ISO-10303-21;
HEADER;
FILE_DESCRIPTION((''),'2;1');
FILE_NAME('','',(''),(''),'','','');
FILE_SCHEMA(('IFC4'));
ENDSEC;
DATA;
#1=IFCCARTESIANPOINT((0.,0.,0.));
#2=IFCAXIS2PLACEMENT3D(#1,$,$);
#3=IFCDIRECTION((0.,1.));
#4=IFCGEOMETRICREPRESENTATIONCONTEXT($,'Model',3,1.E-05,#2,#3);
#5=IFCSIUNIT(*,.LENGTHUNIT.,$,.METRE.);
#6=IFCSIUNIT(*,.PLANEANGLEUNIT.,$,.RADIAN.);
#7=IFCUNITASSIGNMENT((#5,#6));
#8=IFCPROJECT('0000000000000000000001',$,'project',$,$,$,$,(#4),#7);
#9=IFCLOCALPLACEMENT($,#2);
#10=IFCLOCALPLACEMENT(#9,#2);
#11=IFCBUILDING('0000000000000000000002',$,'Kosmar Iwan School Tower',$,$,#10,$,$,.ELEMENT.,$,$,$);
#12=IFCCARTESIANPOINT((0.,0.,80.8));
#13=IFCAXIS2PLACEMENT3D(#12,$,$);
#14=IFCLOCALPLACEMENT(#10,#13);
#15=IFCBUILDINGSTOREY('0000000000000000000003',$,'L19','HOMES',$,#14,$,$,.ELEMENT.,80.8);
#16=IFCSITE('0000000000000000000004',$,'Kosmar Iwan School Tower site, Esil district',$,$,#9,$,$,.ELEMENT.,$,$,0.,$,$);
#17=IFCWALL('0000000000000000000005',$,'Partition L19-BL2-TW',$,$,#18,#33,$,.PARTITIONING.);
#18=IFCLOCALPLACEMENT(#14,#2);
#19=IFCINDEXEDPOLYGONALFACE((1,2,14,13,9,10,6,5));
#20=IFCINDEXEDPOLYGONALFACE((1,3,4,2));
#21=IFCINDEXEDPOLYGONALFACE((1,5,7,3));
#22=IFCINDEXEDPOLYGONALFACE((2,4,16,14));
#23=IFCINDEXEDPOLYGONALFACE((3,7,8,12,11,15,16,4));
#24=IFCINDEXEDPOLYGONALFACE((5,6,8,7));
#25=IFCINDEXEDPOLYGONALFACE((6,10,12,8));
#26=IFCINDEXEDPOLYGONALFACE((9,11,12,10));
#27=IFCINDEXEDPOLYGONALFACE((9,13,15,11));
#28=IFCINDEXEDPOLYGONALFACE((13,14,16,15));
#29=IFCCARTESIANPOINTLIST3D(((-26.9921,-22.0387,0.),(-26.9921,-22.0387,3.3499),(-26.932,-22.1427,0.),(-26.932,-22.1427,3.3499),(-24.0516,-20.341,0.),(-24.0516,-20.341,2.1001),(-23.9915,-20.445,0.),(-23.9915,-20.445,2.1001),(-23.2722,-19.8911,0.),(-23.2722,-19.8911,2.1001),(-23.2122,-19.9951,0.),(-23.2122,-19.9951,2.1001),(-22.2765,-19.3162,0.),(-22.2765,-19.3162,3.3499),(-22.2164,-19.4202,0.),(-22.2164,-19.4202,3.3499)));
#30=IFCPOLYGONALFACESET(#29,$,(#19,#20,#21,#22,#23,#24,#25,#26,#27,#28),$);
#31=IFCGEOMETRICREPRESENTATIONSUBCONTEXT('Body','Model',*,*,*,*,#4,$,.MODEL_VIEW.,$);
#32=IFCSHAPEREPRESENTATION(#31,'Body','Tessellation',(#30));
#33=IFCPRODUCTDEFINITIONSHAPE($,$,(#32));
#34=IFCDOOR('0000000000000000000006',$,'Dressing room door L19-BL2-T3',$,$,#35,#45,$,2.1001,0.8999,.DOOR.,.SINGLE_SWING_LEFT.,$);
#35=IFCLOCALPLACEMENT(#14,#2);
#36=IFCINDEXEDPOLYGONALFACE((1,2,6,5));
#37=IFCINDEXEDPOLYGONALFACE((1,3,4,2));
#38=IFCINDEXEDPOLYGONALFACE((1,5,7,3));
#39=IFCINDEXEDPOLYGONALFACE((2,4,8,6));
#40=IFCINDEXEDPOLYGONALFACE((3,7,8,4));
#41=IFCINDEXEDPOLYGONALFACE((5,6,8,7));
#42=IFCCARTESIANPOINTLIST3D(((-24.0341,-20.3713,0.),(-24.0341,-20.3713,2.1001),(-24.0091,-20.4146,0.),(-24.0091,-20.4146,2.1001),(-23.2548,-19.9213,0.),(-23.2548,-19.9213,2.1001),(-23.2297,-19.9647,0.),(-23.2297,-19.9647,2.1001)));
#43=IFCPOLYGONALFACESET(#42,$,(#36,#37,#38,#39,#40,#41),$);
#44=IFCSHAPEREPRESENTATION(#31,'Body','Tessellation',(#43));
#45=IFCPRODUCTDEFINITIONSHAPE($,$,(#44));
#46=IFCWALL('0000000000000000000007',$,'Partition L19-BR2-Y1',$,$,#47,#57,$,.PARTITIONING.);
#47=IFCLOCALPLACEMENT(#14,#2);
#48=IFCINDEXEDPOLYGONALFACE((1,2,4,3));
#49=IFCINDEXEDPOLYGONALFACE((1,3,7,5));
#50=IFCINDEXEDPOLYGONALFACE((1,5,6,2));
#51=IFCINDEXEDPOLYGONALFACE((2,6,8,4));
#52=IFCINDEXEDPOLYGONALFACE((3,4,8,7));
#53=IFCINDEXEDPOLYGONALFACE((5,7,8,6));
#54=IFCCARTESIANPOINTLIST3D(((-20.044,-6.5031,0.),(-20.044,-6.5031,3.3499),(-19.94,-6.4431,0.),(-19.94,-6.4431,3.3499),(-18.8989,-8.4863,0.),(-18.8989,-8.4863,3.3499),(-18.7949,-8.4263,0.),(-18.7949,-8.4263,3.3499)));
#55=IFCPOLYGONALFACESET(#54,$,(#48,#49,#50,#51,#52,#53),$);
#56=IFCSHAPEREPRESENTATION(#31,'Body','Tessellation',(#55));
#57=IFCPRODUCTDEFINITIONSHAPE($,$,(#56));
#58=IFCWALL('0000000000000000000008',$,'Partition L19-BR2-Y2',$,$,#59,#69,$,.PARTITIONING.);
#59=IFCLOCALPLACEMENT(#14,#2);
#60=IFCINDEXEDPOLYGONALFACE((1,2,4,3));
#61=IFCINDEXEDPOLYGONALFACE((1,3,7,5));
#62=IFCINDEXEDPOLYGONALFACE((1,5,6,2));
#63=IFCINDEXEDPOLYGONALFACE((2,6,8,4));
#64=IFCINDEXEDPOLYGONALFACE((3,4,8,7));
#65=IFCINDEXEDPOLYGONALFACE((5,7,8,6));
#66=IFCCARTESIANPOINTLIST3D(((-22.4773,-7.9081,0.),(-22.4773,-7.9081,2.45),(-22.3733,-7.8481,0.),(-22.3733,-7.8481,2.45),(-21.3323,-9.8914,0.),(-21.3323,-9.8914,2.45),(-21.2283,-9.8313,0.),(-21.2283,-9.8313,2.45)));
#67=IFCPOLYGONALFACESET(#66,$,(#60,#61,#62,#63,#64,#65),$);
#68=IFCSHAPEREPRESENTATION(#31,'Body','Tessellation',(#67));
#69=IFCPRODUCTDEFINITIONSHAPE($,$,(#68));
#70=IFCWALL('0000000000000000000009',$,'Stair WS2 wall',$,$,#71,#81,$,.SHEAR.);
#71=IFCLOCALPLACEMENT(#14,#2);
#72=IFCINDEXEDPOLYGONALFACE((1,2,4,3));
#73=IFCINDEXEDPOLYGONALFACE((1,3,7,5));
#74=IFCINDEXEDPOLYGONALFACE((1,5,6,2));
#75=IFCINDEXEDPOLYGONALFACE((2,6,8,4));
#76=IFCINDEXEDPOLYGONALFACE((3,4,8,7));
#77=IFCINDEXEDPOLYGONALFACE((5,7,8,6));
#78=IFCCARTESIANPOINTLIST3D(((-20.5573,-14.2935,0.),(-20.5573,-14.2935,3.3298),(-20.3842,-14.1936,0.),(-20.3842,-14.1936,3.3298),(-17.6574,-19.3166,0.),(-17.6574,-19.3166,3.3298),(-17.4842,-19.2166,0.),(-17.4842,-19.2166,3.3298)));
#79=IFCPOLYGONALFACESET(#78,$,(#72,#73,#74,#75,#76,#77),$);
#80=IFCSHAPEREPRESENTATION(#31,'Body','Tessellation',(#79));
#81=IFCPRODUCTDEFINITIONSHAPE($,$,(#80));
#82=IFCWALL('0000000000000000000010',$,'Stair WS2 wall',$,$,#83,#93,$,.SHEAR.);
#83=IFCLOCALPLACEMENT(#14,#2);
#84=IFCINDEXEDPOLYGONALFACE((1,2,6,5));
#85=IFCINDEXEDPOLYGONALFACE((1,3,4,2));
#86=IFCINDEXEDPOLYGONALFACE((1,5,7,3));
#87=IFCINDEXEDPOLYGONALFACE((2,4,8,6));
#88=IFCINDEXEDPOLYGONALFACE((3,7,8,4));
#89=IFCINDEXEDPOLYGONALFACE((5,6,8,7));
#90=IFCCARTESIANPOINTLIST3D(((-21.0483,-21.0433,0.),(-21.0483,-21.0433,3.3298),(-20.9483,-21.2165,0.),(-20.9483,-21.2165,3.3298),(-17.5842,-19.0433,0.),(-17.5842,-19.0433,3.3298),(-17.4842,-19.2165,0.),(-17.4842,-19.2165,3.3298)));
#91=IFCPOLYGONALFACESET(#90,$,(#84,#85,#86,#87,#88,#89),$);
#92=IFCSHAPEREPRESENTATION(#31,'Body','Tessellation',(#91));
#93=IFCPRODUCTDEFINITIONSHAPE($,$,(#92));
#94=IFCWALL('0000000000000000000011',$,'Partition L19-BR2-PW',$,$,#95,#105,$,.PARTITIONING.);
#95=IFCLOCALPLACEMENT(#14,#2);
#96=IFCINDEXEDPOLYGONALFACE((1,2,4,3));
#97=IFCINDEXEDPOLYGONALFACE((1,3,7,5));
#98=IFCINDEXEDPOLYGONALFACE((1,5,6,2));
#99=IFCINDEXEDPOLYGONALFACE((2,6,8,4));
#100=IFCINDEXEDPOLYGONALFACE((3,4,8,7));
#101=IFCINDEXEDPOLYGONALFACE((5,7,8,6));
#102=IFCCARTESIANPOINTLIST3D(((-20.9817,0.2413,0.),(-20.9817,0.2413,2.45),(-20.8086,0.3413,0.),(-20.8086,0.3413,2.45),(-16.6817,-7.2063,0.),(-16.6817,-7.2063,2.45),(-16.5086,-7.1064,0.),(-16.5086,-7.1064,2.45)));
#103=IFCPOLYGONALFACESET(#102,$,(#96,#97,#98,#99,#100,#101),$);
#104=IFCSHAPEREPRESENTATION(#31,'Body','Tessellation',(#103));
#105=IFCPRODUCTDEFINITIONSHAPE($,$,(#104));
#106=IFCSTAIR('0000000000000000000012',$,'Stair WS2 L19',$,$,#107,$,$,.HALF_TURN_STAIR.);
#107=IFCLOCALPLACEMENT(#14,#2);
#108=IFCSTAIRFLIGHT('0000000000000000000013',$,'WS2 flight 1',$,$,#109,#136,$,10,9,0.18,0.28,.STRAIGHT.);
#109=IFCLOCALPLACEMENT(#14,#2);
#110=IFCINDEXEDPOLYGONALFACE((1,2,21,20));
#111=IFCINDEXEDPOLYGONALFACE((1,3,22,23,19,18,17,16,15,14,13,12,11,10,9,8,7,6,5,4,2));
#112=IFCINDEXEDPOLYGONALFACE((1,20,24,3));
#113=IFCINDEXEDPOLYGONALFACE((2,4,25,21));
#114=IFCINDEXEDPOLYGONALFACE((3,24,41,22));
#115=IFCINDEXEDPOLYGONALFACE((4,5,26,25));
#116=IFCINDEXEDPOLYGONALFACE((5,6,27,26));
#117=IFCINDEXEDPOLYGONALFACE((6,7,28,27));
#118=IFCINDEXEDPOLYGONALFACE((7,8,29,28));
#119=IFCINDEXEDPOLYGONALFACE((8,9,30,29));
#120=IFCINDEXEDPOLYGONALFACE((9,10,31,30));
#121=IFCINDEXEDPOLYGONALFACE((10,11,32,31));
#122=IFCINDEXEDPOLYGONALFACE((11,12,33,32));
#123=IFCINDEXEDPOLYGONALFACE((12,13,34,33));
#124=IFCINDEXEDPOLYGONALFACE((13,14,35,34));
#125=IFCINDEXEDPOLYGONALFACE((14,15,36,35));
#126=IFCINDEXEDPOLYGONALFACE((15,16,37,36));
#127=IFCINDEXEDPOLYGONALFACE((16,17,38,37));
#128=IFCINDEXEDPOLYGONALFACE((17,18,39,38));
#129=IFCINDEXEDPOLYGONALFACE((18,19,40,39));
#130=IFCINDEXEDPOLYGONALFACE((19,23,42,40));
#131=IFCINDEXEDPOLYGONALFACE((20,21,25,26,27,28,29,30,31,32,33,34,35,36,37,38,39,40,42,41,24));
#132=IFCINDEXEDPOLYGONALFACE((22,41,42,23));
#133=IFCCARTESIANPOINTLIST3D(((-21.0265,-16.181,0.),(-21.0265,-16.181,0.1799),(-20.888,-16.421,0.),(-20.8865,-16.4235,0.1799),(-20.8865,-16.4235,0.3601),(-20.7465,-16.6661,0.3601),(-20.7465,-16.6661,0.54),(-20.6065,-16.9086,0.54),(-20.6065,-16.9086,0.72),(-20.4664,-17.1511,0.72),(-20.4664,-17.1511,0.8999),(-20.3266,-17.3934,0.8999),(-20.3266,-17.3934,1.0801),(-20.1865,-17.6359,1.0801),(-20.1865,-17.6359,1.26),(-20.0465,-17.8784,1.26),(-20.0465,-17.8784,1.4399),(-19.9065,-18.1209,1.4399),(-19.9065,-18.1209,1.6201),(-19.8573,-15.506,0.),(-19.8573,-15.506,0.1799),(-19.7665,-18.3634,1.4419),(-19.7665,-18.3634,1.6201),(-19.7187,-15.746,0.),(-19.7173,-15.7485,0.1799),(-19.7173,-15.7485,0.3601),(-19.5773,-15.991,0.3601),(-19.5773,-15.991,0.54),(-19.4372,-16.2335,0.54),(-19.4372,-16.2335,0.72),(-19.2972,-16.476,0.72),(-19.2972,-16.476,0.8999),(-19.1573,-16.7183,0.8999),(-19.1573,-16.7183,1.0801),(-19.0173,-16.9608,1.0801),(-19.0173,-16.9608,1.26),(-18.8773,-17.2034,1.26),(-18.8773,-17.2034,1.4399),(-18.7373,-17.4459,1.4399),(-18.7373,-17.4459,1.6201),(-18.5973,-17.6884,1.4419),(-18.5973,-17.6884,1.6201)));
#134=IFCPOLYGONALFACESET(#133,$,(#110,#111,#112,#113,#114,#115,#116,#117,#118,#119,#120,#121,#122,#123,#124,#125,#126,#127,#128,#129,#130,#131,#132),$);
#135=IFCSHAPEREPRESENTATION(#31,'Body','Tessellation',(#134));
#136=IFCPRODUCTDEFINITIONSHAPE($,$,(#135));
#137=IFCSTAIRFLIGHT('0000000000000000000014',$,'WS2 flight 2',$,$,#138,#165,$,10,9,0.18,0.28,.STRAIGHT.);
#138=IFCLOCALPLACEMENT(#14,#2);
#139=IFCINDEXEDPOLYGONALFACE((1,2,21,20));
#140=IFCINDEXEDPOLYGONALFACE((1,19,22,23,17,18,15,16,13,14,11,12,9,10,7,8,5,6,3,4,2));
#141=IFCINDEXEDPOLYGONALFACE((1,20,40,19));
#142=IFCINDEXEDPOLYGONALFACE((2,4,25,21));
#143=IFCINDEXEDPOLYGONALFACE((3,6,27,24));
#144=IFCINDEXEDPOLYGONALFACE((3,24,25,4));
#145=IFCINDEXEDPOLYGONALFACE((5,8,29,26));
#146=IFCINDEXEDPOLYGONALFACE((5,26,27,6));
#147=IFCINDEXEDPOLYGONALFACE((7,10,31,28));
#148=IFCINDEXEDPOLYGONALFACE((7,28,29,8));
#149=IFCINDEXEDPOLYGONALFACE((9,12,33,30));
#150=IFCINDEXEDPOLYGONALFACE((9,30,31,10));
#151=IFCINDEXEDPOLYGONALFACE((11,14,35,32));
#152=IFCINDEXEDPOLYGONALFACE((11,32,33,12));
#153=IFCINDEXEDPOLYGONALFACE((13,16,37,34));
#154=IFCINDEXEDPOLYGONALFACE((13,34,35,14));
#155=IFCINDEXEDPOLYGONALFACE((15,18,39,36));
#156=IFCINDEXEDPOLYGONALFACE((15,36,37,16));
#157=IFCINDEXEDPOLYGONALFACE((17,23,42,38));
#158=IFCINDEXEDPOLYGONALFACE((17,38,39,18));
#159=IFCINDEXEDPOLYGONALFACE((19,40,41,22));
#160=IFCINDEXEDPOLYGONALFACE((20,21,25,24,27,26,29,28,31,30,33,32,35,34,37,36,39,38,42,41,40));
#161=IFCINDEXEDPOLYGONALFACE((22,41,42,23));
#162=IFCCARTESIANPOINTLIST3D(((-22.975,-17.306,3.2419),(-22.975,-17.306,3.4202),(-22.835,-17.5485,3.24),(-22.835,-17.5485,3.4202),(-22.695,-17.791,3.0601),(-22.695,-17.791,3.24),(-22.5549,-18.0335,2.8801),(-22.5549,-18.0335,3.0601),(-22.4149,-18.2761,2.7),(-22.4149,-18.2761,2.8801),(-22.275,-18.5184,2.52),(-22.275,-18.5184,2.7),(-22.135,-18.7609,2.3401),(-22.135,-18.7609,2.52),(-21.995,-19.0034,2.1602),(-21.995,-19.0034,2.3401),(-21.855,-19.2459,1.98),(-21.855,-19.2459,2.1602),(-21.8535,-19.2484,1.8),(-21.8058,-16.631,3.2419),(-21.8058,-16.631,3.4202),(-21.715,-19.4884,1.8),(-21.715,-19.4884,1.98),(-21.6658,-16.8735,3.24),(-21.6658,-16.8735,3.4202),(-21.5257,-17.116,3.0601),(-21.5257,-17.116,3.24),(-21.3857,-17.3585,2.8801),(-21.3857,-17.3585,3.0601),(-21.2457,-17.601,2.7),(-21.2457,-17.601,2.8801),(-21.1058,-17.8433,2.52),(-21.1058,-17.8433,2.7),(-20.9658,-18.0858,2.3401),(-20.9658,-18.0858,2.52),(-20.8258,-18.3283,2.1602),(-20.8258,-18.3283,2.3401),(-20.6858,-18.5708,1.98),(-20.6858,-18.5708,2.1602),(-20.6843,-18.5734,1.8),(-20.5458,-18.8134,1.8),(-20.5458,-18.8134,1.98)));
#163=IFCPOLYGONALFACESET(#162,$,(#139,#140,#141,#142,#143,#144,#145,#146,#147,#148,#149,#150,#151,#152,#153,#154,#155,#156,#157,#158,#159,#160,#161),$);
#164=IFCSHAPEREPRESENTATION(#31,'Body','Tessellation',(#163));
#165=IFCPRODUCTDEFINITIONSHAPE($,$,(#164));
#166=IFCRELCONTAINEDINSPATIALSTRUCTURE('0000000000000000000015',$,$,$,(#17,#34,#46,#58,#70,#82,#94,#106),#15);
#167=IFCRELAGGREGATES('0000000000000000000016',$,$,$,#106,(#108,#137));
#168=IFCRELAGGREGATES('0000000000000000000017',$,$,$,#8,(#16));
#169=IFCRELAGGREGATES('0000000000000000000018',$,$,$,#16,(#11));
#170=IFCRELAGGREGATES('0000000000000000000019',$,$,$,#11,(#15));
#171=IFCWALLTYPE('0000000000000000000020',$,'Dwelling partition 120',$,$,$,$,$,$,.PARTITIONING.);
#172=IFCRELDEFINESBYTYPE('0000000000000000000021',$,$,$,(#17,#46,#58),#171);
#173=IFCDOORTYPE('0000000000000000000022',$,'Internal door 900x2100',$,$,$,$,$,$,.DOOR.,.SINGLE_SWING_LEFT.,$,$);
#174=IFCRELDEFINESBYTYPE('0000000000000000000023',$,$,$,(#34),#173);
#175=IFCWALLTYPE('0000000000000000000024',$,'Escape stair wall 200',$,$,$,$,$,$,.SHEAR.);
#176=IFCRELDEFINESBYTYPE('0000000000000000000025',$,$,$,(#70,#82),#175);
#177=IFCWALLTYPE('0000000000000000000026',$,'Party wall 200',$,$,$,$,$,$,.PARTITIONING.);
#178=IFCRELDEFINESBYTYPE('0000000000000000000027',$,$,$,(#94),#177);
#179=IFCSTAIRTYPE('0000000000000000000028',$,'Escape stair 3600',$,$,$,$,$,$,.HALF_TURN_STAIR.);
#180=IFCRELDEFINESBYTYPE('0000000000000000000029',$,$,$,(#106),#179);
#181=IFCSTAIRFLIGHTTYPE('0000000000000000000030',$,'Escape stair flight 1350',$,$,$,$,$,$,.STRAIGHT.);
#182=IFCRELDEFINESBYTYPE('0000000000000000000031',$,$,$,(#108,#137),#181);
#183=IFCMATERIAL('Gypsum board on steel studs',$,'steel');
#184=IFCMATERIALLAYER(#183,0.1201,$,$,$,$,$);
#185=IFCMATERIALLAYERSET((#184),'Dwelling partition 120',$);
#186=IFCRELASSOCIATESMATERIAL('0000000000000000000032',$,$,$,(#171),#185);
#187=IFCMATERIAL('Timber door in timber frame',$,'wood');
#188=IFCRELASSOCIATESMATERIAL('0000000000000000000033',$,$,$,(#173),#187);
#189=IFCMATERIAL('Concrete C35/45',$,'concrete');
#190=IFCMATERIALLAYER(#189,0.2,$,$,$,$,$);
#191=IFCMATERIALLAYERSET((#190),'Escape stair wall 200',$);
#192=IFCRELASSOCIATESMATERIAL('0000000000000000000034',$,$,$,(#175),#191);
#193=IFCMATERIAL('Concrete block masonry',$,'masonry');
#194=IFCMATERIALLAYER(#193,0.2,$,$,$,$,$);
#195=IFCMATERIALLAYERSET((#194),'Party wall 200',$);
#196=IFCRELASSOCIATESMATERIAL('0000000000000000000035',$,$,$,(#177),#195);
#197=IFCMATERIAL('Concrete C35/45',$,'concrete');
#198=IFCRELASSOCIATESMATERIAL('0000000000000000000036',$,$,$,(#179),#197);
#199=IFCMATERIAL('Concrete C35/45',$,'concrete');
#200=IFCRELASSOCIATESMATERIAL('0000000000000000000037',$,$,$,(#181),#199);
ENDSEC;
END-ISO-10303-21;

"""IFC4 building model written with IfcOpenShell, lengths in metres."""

from ifc_helpers import new_model, si_unit, direction, frame, frame_2d, origin, place, context, subcontext, project, spatial, polyline, rectangle, outline, extrude, material, layer, layer_set, type_object, element, fill, aggregate, save


model = new_model("IFC4")

# Units and contexts
model_context = context("Model", 3, precision=1e-05, world=origin(), true_north=direction((0.0, 1.0)))
body_context = subcontext(model_context, "Body", "Model", "MODEL_VIEW")
ifc_project = project(units=[si_unit("LENGTHUNIT", "METRE"), si_unit("PLANEANGLEUNIT", "RADIAN")], contexts=[model_context])

# Site, building, storey
site_placement = place(None, origin())
site = spatial("IfcSite", under=ifc_project, at=site_placement, Name="Kosmar Iwan School Tower site, Esil district", CompositionType="ELEMENT", RefElevation=0.0)
building_placement = place(site_placement, origin())
building = spatial("IfcBuilding", under=site, at=building_placement, Name="Kosmar Iwan School Tower", CompositionType="ELEMENT")
storey_placement = place(building_placement, frame((0.0, 0.0, 80.8)))
storey = spatial("IfcBuildingStorey", under=building, at=storey_placement, Name="L19", Description="HOMES", CompositionType="ELEMENT", Elevation=80.8)

# Shared definitions
ifc_material_1 = material(Name="Gypsum board on steel studs", Category="steel")
ifc_layer_1 = layer(ifc_material_1, 0.1201)
ifc_layer_set_1 = layer_set([ifc_layer_1], Name="Dwelling partition 120")
wall_type_1 = type_object("IfcWallType", Name="Dwelling partition 120", PredefinedType="PARTITIONING", material=ifc_layer_set_1)

# Wall, opening, door
ifc_material_2 = material(Name="Timber door in timber frame", Category="wood")
door_type_1 = type_object("IfcDoorType", Name="Internal door 900x2100", OperationType="SINGLE_SWING_LEFT", PredefinedType="DOOR", material=ifc_material_2)
wall_1_placement = place(storey_placement, frame((-22.2463, -19.3682, 0.0), z_axis=(0.0, 0.0, 1.0), x_axis=(-0.866036, -0.499982, 0.0)))
wall_1 = element("IfcWall", 1, at=wall_1_placement, inside=storey, type_object=wall_type_1, Name="Partition L19-BL2-TW", PredefinedType="PARTITIONING", context=body_context, shape_type="SweptSolid", body=[
    extrude(rectangle(XDim=5.4451, YDim=0.1201, at=frame_2d((2.7227, 0.0))), origin(), (0.0, 0.0, 1.0), 3.3499),
])
opening_1_placement = place(wall_1_placement, frame((1.1499, 0.0, 0.0)))
opening_1 = element("IfcOpeningElement", 2, at=opening_1_placement, cuts=wall_1, PredefinedType="OPENING", context=body_context, shape_type="SweptSolid", body=[
    extrude(rectangle(XDim=0.8999, YDim=2.1001, at=frame_2d((0.45, 1.05))), frame((0.0, 0.072, 0.0), z_axis=(0.0, -1.0, 0.0), x_axis=(1.0, 0.0, 0.0)), (0.0, 0.0, 1.0), 0.144),
])
door_1_placement = place(opening_1_placement, origin())
door_1 = element("IfcDoor", 3, at=door_1_placement, inside=storey, type_object=door_type_1, Name="Dressing room door L19-BL2-T3", OperationType="SINGLE_SWING_LEFT", OverallHeight=2.1001, OverallWidth=0.8999, PredefinedType="DOOR", context=body_context, shape_type="SweptSolid", body=[
    extrude(rectangle(XDim=0.8999, YDim=2.1001, at=frame_2d((0.45, 1.05))), frame((0.0, 0.0249, 0.0), z_axis=(0.0, -1.0, 0.0), x_axis=(1.0, 0.0, 0.0)), (0.0, 0.0, 1.0), 0.05),
])
fill(opening_1, door_1)

# Walls
wall_2_placement = place(storey_placement, frame((-18.8469, -8.4563, 0.0), z_axis=(0.0, 0.0, 1.0), x_axis=(-0.500015, 0.866017, 0.0)))
element("IfcWall", 4, at=wall_2_placement, inside=storey, type_object=wall_type_1, Name="Partition L19-BR2-Y1", PredefinedType="PARTITIONING", context=body_context, shape_type="SweptSolid", body=[
    extrude(rectangle(XDim=2.29, YDim=0.1201, at=frame_2d((1.145, 0.0))), origin(), (0.0, 0.0, 1.0), 3.3499),
])
wall_3_placement = place(storey_placement, frame((-21.2803, -9.8613, 0.0), z_axis=(0.0, 0.0, 1.0), x_axis=(-0.500015, 0.866017, 0.0)))
element("IfcWall", 5, at=wall_3_placement, inside=storey, type_object=wall_type_1, Name="Partition L19-BR2-Y2", PredefinedType="PARTITIONING", context=body_context, shape_type="SweptSolid", body=[
    extrude(rectangle(XDim=2.29, YDim=0.1201, at=frame_2d((1.145, 0.0))), origin(), (0.0, 0.0, 1.0), 2.45),
])
ifc_material_3 = material(Name="Concrete C35/45", Category="concrete")
ifc_layer_2 = layer(ifc_material_3, 0.2)
ifc_layer_set_2 = layer_set([ifc_layer_2], Name="Escape stair wall 200")
wall_type_2 = type_object("IfcWallType", Name="Escape stair wall 200", PredefinedType="SHEAR", material=ifc_layer_set_2)
wall_4_placement = place(storey_placement, frame((-20.4707, -14.2437, 0.0), z_axis=(0.0, 0.0, 1.0), x_axis=(0.499987, -0.866033, 0.0)))
element("IfcWall", 6, at=wall_4_placement, inside=storey, type_object=wall_type_2, Name="Stair WS2 wall", PredefinedType="SHEAR", context=body_context, shape_type="SweptSolid", body=[
    extrude(rectangle(XDim=5.8, YDim=0.2, at=frame_2d((2.8999, 0.0))), origin(), (0.0, 0.0, 1.0), 3.3298),
])
wall_5_placement = place(storey_placement, frame((-17.5342, -19.1299, 0.0), z_axis=(0.0, 0.0, 1.0), x_axis=(-0.866026, -0.499999, 0.0)))
element("IfcWall", 7, at=wall_5_placement, inside=storey, type_object=wall_type_2, Name="Stair WS2 wall", PredefinedType="SHEAR", context=body_context, shape_type="SweptSolid", body=[
    extrude(rectangle(XDim=4.0, YDim=0.2, at=frame_2d((2.0, 0.0))), origin(), (0.0, 0.0, 1.0), 3.3298),
])
ifc_material_4 = material(Name="Concrete block masonry", Category="masonry")
ifc_layer_3 = layer(ifc_material_4, 0.2)
ifc_layer_set_3 = layer_set([ifc_layer_3], Name="Party wall 200")
wall_type_3 = type_object("IfcWallType", Name="Party wall 200", PredefinedType="PARTITIONING", material=ifc_layer_set_3)
wall_6_placement = place(storey_placement, frame((-16.5952, -7.1562, 0.0), z_axis=(0.0, 0.0, 1.0), x_axis=(-0.500008, 0.866021, 0.0)))
element("IfcWall", 8, at=wall_6_placement, inside=storey, type_object=wall_type_3, Name="Partition L19-BR2-PW", PredefinedType="PARTITIONING", context=body_context, shape_type="SweptSolid", body=[
    extrude(rectangle(XDim=8.5999, YDim=0.2, at=frame_2d((4.2998, 0.0))), origin(), (0.0, 0.0, 1.0), 2.45),
])

# Stair, stair flights
ifc_material_5 = material(Name="Concrete C35/45", Category="concrete")
stair_type = type_object("IfcStairType", Name="Escape stair 3600", PredefinedType="HALF_TURN_STAIR", material=ifc_material_5)
stair_placement = place(storey_placement, origin())
stair = element("IfcStair", 9, at=stair_placement, inside=storey, type_object=stair_type, Name="Stair WS2 L19", PredefinedType="HALF_TURN_STAIR")
ifc_material_6 = material(Name="Concrete C35/45", Category="concrete")
stair_flight_type = type_object("IfcStairFlightType", Name="Escape stair flight 1350", PredefinedType="STRAIGHT", material=ifc_material_6)
stair_flight_1_placement = place(storey_placement, frame((-20.4419, -15.8435, 0.0), z_axis=(0.0, 0.0, 1.0), x_axis=(0.5, -0.866025, 0.0)))
stair_flight_1 = element("IfcStairFlight", 10, at=stair_flight_1_placement, type_object=stair_flight_type, Name="WS2 flight 1", NumberOfRisers=10, NumberOfTreads=9, PredefinedType="STRAIGHT", RiserHeight=0.18, TreadLength=0.28, context=body_context, shape_type="SweptSolid", body=[
    extrude(outline(polyline([(0.0, 0.0), (0.0, 0.1799), (0.28, 0.1799), (0.28, 0.3601), (0.5601, 0.3601), (0.5601, 0.54), (0.8401, 0.54), (0.8401, 0.72), (1.1201, 0.72), (1.1201, 0.8999), (1.3999, 0.8999), (1.3999, 1.0801), (1.6799, 1.0801), (1.6799, 1.26), (1.96, 1.26), (1.96, 1.4399), (2.24, 1.4399), (2.24, 1.6201), (2.52, 1.6201), (2.52, 1.8), (2.52, 1.4419), (0.2771, 0.0), (0.0, 0.0)])), frame((0.0, 0.675, 0.0), z_axis=(0.0, -1.0, 0.0), x_axis=(1.0, 0.0, 0.0)), (0.0, 0.0, 1.0), 1.3501),
])
stair_flight_2_placement = place(storey_placement, frame((-21.1304, -19.1509, 1.8), z_axis=(0.0, 0.0, 1.0), x_axis=(-0.5, 0.866025, 0.0)))
stair_flight_2 = element("IfcStairFlight", 11, at=stair_flight_2_placement, type_object=stair_flight_type, Name="WS2 flight 2", NumberOfRisers=10, NumberOfTreads=9, PredefinedType="STRAIGHT", RiserHeight=0.18, TreadLength=0.28, context=body_context, shape_type="SweptSolid", body=[
    extrude(outline(polyline([(0.0, 0.0), (0.0, 0.1799), (0.28, 0.1799), (0.28, 0.3601), (0.5601, 0.3601), (0.5601, 0.54), (0.8401, 0.54), (0.8401, 0.72), (1.1201, 0.72), (1.1201, 0.8999), (1.3999, 0.8999), (1.3999, 1.0801), (1.6799, 1.0801), (1.6799, 1.26), (1.96, 1.26), (1.96, 1.4399), (2.24, 1.4399), (2.24, 1.6201), (2.52, 1.6201), (2.52, 1.8), (2.52, 1.4419), (0.2771, 0.0), (0.0, 0.0)])), frame((0.0, 0.675, 0.0), z_axis=(0.0, -1.0, 0.0), x_axis=(1.0, 0.0, 0.0)), (0.0, 0.0, 1.0), 1.3501),
])
aggregate(stair, [stair_flight_1, stair_flight_2])

save(model, "model.ifc")
